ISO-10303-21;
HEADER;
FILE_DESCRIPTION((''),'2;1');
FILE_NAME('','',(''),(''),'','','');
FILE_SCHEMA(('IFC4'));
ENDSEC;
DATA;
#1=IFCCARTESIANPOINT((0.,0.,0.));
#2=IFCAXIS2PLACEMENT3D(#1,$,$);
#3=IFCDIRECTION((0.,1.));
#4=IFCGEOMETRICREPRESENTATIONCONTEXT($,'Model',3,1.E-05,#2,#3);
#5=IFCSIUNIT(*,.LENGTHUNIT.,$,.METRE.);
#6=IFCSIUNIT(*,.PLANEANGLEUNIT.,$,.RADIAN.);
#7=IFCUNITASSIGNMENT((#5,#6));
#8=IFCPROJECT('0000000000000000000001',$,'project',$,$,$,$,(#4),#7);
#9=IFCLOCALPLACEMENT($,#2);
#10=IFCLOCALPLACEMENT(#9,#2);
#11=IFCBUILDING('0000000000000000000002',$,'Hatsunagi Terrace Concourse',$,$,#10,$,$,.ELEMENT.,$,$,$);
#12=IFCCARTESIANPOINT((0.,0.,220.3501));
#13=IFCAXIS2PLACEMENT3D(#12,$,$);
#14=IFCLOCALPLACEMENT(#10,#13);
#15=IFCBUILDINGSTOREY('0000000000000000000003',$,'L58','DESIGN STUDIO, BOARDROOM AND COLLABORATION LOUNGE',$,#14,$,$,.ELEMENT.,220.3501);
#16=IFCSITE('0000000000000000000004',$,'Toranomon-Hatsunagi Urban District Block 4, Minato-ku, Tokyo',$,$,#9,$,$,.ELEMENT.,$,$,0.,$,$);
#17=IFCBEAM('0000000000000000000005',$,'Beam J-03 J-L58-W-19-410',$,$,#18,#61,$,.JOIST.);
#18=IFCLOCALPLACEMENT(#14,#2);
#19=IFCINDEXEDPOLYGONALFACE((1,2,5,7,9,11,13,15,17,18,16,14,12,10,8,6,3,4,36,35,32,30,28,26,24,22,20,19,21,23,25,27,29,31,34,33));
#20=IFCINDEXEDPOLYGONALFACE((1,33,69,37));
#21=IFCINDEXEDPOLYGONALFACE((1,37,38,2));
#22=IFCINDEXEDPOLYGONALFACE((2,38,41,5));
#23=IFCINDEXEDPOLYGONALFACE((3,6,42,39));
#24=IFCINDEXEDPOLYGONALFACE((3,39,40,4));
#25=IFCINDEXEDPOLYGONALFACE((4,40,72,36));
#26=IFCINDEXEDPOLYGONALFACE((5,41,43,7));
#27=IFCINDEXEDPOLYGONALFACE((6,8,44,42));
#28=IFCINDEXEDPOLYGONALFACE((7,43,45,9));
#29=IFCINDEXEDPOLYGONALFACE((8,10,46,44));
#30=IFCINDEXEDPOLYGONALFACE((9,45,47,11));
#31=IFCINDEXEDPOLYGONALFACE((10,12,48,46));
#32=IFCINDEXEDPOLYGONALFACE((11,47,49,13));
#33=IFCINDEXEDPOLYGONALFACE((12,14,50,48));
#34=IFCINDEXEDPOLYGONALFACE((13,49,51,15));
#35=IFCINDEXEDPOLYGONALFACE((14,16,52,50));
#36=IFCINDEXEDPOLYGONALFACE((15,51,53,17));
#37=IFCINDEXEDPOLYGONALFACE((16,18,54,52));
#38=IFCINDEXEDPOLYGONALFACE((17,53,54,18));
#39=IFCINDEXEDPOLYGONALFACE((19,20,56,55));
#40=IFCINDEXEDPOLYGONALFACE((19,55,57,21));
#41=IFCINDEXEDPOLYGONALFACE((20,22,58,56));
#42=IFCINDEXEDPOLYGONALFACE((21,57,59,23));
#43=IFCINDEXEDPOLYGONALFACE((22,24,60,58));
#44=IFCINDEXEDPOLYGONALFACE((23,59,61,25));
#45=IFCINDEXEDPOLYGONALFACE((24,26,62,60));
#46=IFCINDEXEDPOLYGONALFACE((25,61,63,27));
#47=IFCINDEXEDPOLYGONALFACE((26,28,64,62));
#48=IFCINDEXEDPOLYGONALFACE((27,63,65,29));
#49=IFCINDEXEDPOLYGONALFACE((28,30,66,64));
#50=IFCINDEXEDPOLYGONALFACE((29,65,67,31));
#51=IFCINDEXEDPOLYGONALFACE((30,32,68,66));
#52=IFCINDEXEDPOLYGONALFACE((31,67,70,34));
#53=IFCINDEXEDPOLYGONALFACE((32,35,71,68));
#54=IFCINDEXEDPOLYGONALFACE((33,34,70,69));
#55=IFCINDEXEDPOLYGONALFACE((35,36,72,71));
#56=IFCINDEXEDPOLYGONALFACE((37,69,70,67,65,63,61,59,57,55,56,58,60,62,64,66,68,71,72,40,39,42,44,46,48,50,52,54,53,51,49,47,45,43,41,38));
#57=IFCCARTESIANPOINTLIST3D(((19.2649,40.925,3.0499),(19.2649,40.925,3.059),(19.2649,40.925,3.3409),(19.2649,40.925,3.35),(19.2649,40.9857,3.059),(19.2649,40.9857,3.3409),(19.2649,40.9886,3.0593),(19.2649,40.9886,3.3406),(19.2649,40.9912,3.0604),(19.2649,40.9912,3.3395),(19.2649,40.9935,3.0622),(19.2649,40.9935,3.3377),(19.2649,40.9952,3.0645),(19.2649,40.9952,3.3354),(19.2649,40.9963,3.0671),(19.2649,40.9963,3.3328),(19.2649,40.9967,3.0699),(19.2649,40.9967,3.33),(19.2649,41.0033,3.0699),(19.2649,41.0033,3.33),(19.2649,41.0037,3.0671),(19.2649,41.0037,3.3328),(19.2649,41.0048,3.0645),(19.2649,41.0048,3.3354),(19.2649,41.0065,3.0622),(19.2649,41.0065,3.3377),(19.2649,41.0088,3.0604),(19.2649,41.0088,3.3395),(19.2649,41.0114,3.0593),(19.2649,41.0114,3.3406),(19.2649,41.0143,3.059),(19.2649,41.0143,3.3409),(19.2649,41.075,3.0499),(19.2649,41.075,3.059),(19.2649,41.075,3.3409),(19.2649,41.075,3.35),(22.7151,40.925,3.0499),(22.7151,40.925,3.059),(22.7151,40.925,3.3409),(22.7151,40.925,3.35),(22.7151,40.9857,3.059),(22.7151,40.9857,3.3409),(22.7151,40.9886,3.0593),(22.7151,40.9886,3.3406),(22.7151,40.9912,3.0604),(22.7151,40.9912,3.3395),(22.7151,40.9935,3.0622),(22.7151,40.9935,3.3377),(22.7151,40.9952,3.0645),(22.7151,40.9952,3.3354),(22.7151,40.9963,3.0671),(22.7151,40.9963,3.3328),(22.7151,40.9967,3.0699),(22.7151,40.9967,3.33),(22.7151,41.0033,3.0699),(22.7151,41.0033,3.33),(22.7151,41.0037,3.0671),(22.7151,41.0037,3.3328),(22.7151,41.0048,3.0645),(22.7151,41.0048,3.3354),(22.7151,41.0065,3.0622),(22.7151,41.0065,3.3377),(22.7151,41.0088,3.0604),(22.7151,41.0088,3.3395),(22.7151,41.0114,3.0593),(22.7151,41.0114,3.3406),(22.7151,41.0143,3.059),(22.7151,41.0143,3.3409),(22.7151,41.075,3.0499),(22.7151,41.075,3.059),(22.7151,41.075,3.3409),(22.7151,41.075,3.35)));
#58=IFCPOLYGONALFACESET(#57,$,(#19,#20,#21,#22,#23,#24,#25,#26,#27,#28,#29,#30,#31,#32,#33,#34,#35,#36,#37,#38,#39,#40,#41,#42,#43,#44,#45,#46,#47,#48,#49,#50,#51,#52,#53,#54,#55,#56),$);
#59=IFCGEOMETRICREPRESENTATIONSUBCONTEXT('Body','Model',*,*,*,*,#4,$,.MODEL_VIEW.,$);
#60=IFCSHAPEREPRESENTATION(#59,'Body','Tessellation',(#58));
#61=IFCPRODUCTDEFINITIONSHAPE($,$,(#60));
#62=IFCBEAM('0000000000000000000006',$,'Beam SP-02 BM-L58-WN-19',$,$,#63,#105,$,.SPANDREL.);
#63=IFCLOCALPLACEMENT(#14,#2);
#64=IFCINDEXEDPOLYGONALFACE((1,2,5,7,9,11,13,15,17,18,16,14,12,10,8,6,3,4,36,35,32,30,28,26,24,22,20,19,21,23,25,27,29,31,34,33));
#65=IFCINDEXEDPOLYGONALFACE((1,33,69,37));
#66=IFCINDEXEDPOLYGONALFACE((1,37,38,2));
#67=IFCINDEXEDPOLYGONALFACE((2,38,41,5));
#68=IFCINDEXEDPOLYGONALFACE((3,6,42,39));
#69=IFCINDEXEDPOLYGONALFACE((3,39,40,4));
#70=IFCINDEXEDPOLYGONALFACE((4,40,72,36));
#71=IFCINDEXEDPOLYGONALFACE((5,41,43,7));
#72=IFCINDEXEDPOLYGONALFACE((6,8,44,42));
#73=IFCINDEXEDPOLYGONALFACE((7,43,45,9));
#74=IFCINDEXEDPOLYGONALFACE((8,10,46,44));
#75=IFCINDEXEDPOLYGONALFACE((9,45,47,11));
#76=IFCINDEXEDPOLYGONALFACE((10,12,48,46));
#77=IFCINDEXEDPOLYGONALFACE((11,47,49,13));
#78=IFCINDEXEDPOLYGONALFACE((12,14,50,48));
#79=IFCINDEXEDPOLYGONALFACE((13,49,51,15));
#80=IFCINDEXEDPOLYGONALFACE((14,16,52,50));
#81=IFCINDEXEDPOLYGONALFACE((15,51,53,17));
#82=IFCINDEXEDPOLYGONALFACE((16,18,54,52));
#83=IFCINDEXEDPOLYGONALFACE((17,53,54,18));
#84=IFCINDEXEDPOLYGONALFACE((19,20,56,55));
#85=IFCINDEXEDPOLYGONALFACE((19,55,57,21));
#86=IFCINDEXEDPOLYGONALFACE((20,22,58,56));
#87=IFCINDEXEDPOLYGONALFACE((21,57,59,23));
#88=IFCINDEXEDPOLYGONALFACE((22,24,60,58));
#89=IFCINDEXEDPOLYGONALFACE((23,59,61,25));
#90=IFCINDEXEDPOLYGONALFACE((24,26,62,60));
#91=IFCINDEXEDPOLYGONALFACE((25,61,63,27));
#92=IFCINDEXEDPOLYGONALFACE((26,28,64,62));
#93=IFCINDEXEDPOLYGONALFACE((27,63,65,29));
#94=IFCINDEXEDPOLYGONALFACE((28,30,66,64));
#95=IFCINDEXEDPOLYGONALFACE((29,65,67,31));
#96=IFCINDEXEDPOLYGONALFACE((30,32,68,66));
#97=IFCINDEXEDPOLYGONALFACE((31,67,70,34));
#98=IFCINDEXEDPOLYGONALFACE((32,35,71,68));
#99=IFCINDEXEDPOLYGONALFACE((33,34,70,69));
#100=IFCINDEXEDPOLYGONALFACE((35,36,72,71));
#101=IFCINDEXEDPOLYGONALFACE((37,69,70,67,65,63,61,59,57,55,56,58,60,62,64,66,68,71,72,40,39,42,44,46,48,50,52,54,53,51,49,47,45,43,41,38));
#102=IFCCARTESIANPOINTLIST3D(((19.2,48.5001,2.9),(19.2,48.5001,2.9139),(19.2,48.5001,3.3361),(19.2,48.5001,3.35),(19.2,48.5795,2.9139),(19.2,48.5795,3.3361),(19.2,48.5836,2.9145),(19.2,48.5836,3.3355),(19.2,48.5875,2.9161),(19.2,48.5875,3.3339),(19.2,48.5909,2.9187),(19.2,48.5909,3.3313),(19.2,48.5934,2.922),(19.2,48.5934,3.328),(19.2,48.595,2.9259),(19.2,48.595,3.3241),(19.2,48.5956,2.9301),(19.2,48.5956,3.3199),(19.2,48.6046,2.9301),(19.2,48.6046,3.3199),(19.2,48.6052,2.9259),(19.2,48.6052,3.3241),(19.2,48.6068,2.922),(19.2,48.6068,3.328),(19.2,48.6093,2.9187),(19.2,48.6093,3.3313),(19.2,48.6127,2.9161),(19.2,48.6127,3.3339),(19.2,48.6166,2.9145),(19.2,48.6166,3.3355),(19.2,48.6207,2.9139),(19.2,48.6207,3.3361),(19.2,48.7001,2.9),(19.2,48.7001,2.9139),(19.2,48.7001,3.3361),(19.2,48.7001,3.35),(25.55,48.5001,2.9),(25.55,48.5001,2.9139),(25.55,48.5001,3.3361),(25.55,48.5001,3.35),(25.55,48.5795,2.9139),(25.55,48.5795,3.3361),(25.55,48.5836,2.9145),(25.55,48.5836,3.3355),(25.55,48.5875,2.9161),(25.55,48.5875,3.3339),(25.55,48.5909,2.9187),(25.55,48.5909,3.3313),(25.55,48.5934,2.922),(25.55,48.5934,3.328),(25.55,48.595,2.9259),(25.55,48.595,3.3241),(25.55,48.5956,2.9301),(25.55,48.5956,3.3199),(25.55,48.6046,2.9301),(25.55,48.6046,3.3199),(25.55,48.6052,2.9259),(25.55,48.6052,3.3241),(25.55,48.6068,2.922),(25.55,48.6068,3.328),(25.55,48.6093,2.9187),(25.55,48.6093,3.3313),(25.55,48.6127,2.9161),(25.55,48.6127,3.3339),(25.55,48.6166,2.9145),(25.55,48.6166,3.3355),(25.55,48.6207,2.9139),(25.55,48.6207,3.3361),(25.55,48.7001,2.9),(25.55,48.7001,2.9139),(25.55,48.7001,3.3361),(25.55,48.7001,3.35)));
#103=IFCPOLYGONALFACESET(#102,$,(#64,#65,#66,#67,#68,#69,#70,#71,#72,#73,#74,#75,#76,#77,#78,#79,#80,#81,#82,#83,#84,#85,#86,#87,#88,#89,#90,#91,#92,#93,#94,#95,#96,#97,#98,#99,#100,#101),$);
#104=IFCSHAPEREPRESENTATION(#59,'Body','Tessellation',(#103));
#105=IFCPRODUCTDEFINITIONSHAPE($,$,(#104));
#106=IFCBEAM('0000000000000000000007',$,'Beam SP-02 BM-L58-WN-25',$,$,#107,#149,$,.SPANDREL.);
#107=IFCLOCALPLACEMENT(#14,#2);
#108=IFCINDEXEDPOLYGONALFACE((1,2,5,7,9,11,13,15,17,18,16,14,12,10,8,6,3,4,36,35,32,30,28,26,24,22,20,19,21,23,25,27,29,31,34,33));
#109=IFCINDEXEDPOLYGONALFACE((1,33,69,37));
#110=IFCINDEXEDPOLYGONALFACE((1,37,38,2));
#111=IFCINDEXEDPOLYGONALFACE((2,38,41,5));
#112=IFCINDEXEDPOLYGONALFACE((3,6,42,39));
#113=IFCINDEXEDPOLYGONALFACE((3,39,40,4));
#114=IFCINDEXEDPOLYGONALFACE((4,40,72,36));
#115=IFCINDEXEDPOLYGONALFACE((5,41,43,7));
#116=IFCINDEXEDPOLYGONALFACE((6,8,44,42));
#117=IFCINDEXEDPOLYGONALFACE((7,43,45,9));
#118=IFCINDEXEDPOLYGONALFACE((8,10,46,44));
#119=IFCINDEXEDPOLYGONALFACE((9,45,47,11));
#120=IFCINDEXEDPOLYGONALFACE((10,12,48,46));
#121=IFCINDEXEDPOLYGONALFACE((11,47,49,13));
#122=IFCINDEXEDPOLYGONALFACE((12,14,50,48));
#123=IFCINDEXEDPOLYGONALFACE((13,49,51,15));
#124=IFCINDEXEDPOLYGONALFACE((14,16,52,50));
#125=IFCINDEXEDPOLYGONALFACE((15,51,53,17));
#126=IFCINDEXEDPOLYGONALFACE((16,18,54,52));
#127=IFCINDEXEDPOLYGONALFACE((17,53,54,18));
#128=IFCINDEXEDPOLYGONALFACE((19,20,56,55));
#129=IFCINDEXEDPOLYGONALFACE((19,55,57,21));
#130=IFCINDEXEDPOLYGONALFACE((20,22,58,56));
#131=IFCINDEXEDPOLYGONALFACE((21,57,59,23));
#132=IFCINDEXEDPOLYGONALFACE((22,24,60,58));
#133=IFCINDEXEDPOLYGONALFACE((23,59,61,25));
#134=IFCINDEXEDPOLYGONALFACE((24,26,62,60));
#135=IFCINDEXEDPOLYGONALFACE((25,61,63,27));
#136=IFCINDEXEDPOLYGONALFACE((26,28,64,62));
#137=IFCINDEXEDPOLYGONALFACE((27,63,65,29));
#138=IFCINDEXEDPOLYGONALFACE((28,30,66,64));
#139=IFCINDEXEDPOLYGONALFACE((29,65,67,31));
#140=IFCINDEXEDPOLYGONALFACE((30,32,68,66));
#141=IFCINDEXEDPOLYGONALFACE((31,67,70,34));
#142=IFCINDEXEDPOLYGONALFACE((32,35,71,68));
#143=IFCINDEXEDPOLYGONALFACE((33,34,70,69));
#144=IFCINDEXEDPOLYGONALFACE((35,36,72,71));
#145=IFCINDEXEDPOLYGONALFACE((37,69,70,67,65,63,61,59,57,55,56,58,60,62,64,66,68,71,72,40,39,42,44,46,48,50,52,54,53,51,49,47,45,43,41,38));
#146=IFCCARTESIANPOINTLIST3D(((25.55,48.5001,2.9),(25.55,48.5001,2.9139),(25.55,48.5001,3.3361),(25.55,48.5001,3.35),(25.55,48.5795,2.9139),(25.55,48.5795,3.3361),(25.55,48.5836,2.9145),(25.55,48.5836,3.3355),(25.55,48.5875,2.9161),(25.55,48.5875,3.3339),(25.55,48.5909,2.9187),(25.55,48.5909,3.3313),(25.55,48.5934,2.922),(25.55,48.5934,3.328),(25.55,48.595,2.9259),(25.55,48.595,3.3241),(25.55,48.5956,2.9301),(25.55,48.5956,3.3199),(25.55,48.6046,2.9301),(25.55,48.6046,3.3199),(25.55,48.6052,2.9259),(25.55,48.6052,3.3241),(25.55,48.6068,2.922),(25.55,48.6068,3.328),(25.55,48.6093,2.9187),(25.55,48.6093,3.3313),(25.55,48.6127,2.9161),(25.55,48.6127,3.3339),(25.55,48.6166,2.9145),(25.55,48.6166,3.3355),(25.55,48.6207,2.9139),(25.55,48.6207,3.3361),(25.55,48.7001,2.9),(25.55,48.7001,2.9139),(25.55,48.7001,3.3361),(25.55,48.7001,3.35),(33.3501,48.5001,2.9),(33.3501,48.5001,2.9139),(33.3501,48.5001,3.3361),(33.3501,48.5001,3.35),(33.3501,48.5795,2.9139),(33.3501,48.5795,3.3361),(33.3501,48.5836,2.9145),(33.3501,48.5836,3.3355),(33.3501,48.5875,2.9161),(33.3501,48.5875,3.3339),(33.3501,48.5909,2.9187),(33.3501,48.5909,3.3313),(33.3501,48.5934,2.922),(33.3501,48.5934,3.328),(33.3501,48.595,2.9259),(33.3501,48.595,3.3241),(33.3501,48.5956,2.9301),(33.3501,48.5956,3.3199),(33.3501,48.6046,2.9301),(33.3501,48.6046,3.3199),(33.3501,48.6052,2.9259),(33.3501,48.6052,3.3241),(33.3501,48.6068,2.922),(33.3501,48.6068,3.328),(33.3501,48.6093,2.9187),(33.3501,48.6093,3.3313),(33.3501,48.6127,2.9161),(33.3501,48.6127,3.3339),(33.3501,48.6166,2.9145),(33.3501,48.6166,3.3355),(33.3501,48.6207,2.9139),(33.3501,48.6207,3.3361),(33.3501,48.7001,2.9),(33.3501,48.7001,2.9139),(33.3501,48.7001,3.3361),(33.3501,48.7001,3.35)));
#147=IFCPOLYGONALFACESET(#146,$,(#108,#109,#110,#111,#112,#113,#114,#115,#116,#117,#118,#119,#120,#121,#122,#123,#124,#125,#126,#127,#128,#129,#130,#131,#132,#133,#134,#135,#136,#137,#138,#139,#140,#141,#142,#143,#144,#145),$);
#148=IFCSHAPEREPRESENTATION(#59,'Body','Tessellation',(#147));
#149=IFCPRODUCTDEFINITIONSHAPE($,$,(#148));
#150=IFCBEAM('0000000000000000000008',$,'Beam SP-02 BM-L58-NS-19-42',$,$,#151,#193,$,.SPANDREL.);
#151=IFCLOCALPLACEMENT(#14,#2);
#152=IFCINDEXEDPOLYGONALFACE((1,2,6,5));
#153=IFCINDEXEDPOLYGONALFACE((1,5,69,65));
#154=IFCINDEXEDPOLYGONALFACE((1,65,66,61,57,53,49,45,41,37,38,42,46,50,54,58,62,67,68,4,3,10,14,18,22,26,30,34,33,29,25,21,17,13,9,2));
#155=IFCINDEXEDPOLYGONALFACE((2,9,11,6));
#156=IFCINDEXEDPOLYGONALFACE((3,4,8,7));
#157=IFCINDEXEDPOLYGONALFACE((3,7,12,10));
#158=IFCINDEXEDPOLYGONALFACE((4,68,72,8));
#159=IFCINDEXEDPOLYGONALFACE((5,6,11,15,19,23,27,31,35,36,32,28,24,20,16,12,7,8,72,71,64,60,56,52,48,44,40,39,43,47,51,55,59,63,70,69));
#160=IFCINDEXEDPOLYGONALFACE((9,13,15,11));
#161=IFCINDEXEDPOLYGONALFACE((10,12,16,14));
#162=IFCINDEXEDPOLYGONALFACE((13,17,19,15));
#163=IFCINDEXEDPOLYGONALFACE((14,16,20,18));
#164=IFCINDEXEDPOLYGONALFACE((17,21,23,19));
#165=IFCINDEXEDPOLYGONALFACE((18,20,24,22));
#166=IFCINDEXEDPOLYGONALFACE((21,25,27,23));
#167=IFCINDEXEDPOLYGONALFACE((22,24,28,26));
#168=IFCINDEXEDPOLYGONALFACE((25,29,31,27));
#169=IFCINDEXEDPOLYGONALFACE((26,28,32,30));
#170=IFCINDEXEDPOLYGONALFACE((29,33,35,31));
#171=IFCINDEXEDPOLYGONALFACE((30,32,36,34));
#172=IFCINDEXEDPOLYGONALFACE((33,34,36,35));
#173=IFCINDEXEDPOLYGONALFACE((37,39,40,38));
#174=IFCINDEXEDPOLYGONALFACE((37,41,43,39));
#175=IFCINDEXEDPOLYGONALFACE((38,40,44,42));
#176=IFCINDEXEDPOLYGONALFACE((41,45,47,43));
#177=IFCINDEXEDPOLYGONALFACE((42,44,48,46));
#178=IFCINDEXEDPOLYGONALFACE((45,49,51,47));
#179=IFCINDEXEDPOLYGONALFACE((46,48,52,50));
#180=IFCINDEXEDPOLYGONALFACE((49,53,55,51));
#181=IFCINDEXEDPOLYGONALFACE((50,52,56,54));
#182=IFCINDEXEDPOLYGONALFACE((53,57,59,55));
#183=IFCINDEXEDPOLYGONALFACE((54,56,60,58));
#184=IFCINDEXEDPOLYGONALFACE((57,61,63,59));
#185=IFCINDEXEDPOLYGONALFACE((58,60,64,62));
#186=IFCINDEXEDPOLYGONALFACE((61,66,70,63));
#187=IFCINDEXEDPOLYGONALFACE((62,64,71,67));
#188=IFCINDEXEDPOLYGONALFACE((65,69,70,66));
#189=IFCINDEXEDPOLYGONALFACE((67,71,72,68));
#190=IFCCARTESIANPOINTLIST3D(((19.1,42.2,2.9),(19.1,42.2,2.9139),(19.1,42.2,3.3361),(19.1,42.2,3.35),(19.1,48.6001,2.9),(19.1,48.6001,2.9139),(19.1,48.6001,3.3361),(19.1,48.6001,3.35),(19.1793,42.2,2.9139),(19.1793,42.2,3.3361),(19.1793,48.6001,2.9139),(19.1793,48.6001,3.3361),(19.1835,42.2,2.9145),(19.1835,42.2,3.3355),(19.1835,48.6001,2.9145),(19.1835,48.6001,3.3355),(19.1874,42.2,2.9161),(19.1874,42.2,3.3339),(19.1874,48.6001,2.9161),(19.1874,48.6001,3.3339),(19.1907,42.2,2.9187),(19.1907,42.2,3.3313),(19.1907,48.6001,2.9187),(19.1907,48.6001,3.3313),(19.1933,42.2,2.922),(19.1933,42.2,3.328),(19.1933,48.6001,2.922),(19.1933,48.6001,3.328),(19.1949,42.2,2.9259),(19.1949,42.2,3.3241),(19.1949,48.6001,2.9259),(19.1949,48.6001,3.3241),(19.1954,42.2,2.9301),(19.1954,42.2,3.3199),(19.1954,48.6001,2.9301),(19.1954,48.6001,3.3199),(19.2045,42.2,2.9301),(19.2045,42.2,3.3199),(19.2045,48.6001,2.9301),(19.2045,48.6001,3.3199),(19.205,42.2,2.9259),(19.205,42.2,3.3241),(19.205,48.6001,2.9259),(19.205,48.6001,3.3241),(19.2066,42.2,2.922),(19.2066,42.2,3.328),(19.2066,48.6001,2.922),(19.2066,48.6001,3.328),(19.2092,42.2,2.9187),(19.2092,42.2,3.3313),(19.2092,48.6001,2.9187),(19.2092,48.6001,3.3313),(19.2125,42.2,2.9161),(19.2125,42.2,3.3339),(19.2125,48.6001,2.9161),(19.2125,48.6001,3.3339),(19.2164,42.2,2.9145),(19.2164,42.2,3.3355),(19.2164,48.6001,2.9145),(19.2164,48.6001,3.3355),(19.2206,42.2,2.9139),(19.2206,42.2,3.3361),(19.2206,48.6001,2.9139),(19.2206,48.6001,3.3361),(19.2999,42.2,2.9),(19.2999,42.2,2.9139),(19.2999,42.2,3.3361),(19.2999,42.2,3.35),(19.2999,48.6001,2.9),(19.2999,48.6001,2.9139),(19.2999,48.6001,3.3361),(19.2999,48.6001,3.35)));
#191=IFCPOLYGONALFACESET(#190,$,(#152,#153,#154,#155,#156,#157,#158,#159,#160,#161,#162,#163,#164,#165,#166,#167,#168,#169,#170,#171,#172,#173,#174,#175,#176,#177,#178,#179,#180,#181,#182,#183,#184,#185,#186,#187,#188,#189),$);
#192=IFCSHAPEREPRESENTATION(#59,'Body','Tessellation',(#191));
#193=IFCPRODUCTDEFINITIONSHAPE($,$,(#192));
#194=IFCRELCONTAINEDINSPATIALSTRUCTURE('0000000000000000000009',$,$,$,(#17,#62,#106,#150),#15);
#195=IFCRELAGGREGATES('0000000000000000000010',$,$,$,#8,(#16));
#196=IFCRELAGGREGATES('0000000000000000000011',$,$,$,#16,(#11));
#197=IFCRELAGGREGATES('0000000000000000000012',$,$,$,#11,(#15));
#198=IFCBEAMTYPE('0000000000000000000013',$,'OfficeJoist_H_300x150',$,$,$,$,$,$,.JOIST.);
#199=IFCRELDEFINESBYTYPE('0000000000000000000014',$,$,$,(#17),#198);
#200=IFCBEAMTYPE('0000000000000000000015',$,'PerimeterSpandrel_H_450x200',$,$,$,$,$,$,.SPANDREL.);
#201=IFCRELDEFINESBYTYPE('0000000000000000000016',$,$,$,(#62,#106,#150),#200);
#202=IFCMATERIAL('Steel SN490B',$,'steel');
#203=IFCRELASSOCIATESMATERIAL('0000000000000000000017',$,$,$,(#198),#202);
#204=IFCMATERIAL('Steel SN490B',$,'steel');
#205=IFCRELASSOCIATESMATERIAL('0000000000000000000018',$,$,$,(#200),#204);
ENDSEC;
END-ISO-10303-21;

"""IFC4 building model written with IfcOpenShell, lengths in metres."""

from ifc_helpers import new_model, si_unit, direction, frame, origin, origin_2d, place, context, subcontext, project, spatial, i_section, extrude, material, material_profile, profile_set, type_object, element, save


model = new_model("IFC4")

# Units and contexts
model_context = context("Model", 3, precision=1e-05, world=origin(), true_north=direction((0.0, 1.0)))
body_context = subcontext(model_context, "Body", "Model", "MODEL_VIEW")
ifc_project = project(units=[si_unit("LENGTHUNIT", "METRE"), si_unit("PLANEANGLEUNIT", "RADIAN")], contexts=[model_context])

# Site, building, storey
site_placement = place(None, origin())
site = spatial("IfcSite", under=ifc_project, at=site_placement, Name="Toranomon-Hatsunagi Urban District Block 4, Minato-ku, Tokyo", CompositionType="ELEMENT", RefElevation=0.0)
building_placement = place(site_placement, origin())
building = spatial("IfcBuilding", under=site, at=building_placement, Name="Hatsunagi Terrace Concourse", CompositionType="ELEMENT")
storey_placement = place(building_placement, frame((0.0, 0.0, 220.3501)))
storey = spatial("IfcBuildingStorey", under=building, at=storey_placement, Name="L58", Description="DESIGN STUDIO, BOARDROOM AND COLLABORATION LOUNGE", CompositionType="ELEMENT", Elevation=220.3501)

# Beams
ifc_material_1 = material(Name="Steel SN490B", Category="steel")
ifc_material_profile_1 = material_profile(ifc_material_1, i_section(OverallWidth=0.1499, OverallDepth=0.3, WebThickness=0.0066, FlangeThickness=0.009, FilletRadius=0.011, at=origin_2d()), Name="H-300x150x6.5x9")
ifc_profile_set_1 = profile_set([ifc_material_profile_1], Name="Steel SN490B")
beam_type_1 = type_object("IfcBeamType", Name="OfficeJoist_H_300x150", PredefinedType="JOIST", material=ifc_profile_set_1)
beam_1_placement = place(storey_placement, frame((19.2649, 41.0, 3.2), z_axis=(1.0, 0.0, 0.0), x_axis=(0.0, 1.0, 0.0)))
element("IfcBeam", 1, at=beam_1_placement, inside=storey, type_object=beam_type_1, Name="Beam J-03 J-L58-W-19-410", PredefinedType="JOIST", context=body_context, shape_type="SweptSolid", body=[
    extrude(i_section(OverallWidth=0.1499, OverallDepth=0.3, WebThickness=0.0066, FlangeThickness=0.009, FilletRadius=0.011, at=origin_2d()), origin(), (0.0, 0.0, 1.0), 3.4502),
])
ifc_material_2 = material(Name="Steel SN490B", Category="steel")
ifc_material_profile_2 = material_profile(ifc_material_2, i_section(OverallWidth=0.2, OverallDepth=0.45, WebThickness=0.009, FlangeThickness=0.0139, FilletRadius=0.0161, at=origin_2d()), Name="H-450x200x9x14")
ifc_profile_set_2 = profile_set([ifc_material_profile_2], Name="Steel SN490B")
beam_type_2 = type_object("IfcBeamType", Name="PerimeterSpandrel_H_450x200", PredefinedType="SPANDREL", material=ifc_profile_set_2)
beam_2_placement = place(storey_placement, frame((19.2, 48.6001, 3.125), z_axis=(1.0, 0.0, 0.0), x_axis=(0.0, 1.0, 0.0)))
element("IfcBeam", 2, at=beam_2_placement, inside=storey, type_object=beam_type_2, Name="Beam SP-02 BM-L58-WN-19", PredefinedType="SPANDREL", context=body_context, shape_type="SweptSolid", body=[
    extrude(i_section(OverallWidth=0.2, OverallDepth=0.45, WebThickness=0.009, FlangeThickness=0.0139, FilletRadius=0.0161, at=origin_2d()), origin(), (0.0, 0.0, 1.0), 6.3501),
])
beam_3_placement = place(storey_placement, frame((25.55, 48.6001, 3.125), z_axis=(1.0, 0.0, 0.0), x_axis=(0.0, 1.0, 0.0)))
element("IfcBeam", 3, at=beam_3_placement, inside=storey, type_object=beam_type_2, Name="Beam SP-02 BM-L58-WN-25", PredefinedType="SPANDREL", context=body_context, shape_type="SweptSolid", body=[
    extrude(i_section(OverallWidth=0.2, OverallDepth=0.45, WebThickness=0.009, FlangeThickness=0.0139, FilletRadius=0.0161, at=origin_2d()), origin(), (0.0, 0.0, 1.0), 7.8),
])
beam_4_placement = place(storey_placement, frame((19.2, 42.2, 3.125), z_axis=(0.0, 1.0, 0.0), x_axis=(-1.0, 0.0, 0.0)))
element("IfcBeam", 4, at=beam_4_placement, inside=storey, type_object=beam_type_2, Name="Beam SP-02 BM-L58-NS-19-42", PredefinedType="SPANDREL", context=body_context, shape_type="SweptSolid", body=[
    extrude(i_section(OverallWidth=0.2, OverallDepth=0.45, WebThickness=0.009, FlangeThickness=0.0139, FilletRadius=0.0161, at=origin_2d()), origin(), (0.0, 0.0, 1.0), 6.4001),
])

save(model, "model.ifc")
